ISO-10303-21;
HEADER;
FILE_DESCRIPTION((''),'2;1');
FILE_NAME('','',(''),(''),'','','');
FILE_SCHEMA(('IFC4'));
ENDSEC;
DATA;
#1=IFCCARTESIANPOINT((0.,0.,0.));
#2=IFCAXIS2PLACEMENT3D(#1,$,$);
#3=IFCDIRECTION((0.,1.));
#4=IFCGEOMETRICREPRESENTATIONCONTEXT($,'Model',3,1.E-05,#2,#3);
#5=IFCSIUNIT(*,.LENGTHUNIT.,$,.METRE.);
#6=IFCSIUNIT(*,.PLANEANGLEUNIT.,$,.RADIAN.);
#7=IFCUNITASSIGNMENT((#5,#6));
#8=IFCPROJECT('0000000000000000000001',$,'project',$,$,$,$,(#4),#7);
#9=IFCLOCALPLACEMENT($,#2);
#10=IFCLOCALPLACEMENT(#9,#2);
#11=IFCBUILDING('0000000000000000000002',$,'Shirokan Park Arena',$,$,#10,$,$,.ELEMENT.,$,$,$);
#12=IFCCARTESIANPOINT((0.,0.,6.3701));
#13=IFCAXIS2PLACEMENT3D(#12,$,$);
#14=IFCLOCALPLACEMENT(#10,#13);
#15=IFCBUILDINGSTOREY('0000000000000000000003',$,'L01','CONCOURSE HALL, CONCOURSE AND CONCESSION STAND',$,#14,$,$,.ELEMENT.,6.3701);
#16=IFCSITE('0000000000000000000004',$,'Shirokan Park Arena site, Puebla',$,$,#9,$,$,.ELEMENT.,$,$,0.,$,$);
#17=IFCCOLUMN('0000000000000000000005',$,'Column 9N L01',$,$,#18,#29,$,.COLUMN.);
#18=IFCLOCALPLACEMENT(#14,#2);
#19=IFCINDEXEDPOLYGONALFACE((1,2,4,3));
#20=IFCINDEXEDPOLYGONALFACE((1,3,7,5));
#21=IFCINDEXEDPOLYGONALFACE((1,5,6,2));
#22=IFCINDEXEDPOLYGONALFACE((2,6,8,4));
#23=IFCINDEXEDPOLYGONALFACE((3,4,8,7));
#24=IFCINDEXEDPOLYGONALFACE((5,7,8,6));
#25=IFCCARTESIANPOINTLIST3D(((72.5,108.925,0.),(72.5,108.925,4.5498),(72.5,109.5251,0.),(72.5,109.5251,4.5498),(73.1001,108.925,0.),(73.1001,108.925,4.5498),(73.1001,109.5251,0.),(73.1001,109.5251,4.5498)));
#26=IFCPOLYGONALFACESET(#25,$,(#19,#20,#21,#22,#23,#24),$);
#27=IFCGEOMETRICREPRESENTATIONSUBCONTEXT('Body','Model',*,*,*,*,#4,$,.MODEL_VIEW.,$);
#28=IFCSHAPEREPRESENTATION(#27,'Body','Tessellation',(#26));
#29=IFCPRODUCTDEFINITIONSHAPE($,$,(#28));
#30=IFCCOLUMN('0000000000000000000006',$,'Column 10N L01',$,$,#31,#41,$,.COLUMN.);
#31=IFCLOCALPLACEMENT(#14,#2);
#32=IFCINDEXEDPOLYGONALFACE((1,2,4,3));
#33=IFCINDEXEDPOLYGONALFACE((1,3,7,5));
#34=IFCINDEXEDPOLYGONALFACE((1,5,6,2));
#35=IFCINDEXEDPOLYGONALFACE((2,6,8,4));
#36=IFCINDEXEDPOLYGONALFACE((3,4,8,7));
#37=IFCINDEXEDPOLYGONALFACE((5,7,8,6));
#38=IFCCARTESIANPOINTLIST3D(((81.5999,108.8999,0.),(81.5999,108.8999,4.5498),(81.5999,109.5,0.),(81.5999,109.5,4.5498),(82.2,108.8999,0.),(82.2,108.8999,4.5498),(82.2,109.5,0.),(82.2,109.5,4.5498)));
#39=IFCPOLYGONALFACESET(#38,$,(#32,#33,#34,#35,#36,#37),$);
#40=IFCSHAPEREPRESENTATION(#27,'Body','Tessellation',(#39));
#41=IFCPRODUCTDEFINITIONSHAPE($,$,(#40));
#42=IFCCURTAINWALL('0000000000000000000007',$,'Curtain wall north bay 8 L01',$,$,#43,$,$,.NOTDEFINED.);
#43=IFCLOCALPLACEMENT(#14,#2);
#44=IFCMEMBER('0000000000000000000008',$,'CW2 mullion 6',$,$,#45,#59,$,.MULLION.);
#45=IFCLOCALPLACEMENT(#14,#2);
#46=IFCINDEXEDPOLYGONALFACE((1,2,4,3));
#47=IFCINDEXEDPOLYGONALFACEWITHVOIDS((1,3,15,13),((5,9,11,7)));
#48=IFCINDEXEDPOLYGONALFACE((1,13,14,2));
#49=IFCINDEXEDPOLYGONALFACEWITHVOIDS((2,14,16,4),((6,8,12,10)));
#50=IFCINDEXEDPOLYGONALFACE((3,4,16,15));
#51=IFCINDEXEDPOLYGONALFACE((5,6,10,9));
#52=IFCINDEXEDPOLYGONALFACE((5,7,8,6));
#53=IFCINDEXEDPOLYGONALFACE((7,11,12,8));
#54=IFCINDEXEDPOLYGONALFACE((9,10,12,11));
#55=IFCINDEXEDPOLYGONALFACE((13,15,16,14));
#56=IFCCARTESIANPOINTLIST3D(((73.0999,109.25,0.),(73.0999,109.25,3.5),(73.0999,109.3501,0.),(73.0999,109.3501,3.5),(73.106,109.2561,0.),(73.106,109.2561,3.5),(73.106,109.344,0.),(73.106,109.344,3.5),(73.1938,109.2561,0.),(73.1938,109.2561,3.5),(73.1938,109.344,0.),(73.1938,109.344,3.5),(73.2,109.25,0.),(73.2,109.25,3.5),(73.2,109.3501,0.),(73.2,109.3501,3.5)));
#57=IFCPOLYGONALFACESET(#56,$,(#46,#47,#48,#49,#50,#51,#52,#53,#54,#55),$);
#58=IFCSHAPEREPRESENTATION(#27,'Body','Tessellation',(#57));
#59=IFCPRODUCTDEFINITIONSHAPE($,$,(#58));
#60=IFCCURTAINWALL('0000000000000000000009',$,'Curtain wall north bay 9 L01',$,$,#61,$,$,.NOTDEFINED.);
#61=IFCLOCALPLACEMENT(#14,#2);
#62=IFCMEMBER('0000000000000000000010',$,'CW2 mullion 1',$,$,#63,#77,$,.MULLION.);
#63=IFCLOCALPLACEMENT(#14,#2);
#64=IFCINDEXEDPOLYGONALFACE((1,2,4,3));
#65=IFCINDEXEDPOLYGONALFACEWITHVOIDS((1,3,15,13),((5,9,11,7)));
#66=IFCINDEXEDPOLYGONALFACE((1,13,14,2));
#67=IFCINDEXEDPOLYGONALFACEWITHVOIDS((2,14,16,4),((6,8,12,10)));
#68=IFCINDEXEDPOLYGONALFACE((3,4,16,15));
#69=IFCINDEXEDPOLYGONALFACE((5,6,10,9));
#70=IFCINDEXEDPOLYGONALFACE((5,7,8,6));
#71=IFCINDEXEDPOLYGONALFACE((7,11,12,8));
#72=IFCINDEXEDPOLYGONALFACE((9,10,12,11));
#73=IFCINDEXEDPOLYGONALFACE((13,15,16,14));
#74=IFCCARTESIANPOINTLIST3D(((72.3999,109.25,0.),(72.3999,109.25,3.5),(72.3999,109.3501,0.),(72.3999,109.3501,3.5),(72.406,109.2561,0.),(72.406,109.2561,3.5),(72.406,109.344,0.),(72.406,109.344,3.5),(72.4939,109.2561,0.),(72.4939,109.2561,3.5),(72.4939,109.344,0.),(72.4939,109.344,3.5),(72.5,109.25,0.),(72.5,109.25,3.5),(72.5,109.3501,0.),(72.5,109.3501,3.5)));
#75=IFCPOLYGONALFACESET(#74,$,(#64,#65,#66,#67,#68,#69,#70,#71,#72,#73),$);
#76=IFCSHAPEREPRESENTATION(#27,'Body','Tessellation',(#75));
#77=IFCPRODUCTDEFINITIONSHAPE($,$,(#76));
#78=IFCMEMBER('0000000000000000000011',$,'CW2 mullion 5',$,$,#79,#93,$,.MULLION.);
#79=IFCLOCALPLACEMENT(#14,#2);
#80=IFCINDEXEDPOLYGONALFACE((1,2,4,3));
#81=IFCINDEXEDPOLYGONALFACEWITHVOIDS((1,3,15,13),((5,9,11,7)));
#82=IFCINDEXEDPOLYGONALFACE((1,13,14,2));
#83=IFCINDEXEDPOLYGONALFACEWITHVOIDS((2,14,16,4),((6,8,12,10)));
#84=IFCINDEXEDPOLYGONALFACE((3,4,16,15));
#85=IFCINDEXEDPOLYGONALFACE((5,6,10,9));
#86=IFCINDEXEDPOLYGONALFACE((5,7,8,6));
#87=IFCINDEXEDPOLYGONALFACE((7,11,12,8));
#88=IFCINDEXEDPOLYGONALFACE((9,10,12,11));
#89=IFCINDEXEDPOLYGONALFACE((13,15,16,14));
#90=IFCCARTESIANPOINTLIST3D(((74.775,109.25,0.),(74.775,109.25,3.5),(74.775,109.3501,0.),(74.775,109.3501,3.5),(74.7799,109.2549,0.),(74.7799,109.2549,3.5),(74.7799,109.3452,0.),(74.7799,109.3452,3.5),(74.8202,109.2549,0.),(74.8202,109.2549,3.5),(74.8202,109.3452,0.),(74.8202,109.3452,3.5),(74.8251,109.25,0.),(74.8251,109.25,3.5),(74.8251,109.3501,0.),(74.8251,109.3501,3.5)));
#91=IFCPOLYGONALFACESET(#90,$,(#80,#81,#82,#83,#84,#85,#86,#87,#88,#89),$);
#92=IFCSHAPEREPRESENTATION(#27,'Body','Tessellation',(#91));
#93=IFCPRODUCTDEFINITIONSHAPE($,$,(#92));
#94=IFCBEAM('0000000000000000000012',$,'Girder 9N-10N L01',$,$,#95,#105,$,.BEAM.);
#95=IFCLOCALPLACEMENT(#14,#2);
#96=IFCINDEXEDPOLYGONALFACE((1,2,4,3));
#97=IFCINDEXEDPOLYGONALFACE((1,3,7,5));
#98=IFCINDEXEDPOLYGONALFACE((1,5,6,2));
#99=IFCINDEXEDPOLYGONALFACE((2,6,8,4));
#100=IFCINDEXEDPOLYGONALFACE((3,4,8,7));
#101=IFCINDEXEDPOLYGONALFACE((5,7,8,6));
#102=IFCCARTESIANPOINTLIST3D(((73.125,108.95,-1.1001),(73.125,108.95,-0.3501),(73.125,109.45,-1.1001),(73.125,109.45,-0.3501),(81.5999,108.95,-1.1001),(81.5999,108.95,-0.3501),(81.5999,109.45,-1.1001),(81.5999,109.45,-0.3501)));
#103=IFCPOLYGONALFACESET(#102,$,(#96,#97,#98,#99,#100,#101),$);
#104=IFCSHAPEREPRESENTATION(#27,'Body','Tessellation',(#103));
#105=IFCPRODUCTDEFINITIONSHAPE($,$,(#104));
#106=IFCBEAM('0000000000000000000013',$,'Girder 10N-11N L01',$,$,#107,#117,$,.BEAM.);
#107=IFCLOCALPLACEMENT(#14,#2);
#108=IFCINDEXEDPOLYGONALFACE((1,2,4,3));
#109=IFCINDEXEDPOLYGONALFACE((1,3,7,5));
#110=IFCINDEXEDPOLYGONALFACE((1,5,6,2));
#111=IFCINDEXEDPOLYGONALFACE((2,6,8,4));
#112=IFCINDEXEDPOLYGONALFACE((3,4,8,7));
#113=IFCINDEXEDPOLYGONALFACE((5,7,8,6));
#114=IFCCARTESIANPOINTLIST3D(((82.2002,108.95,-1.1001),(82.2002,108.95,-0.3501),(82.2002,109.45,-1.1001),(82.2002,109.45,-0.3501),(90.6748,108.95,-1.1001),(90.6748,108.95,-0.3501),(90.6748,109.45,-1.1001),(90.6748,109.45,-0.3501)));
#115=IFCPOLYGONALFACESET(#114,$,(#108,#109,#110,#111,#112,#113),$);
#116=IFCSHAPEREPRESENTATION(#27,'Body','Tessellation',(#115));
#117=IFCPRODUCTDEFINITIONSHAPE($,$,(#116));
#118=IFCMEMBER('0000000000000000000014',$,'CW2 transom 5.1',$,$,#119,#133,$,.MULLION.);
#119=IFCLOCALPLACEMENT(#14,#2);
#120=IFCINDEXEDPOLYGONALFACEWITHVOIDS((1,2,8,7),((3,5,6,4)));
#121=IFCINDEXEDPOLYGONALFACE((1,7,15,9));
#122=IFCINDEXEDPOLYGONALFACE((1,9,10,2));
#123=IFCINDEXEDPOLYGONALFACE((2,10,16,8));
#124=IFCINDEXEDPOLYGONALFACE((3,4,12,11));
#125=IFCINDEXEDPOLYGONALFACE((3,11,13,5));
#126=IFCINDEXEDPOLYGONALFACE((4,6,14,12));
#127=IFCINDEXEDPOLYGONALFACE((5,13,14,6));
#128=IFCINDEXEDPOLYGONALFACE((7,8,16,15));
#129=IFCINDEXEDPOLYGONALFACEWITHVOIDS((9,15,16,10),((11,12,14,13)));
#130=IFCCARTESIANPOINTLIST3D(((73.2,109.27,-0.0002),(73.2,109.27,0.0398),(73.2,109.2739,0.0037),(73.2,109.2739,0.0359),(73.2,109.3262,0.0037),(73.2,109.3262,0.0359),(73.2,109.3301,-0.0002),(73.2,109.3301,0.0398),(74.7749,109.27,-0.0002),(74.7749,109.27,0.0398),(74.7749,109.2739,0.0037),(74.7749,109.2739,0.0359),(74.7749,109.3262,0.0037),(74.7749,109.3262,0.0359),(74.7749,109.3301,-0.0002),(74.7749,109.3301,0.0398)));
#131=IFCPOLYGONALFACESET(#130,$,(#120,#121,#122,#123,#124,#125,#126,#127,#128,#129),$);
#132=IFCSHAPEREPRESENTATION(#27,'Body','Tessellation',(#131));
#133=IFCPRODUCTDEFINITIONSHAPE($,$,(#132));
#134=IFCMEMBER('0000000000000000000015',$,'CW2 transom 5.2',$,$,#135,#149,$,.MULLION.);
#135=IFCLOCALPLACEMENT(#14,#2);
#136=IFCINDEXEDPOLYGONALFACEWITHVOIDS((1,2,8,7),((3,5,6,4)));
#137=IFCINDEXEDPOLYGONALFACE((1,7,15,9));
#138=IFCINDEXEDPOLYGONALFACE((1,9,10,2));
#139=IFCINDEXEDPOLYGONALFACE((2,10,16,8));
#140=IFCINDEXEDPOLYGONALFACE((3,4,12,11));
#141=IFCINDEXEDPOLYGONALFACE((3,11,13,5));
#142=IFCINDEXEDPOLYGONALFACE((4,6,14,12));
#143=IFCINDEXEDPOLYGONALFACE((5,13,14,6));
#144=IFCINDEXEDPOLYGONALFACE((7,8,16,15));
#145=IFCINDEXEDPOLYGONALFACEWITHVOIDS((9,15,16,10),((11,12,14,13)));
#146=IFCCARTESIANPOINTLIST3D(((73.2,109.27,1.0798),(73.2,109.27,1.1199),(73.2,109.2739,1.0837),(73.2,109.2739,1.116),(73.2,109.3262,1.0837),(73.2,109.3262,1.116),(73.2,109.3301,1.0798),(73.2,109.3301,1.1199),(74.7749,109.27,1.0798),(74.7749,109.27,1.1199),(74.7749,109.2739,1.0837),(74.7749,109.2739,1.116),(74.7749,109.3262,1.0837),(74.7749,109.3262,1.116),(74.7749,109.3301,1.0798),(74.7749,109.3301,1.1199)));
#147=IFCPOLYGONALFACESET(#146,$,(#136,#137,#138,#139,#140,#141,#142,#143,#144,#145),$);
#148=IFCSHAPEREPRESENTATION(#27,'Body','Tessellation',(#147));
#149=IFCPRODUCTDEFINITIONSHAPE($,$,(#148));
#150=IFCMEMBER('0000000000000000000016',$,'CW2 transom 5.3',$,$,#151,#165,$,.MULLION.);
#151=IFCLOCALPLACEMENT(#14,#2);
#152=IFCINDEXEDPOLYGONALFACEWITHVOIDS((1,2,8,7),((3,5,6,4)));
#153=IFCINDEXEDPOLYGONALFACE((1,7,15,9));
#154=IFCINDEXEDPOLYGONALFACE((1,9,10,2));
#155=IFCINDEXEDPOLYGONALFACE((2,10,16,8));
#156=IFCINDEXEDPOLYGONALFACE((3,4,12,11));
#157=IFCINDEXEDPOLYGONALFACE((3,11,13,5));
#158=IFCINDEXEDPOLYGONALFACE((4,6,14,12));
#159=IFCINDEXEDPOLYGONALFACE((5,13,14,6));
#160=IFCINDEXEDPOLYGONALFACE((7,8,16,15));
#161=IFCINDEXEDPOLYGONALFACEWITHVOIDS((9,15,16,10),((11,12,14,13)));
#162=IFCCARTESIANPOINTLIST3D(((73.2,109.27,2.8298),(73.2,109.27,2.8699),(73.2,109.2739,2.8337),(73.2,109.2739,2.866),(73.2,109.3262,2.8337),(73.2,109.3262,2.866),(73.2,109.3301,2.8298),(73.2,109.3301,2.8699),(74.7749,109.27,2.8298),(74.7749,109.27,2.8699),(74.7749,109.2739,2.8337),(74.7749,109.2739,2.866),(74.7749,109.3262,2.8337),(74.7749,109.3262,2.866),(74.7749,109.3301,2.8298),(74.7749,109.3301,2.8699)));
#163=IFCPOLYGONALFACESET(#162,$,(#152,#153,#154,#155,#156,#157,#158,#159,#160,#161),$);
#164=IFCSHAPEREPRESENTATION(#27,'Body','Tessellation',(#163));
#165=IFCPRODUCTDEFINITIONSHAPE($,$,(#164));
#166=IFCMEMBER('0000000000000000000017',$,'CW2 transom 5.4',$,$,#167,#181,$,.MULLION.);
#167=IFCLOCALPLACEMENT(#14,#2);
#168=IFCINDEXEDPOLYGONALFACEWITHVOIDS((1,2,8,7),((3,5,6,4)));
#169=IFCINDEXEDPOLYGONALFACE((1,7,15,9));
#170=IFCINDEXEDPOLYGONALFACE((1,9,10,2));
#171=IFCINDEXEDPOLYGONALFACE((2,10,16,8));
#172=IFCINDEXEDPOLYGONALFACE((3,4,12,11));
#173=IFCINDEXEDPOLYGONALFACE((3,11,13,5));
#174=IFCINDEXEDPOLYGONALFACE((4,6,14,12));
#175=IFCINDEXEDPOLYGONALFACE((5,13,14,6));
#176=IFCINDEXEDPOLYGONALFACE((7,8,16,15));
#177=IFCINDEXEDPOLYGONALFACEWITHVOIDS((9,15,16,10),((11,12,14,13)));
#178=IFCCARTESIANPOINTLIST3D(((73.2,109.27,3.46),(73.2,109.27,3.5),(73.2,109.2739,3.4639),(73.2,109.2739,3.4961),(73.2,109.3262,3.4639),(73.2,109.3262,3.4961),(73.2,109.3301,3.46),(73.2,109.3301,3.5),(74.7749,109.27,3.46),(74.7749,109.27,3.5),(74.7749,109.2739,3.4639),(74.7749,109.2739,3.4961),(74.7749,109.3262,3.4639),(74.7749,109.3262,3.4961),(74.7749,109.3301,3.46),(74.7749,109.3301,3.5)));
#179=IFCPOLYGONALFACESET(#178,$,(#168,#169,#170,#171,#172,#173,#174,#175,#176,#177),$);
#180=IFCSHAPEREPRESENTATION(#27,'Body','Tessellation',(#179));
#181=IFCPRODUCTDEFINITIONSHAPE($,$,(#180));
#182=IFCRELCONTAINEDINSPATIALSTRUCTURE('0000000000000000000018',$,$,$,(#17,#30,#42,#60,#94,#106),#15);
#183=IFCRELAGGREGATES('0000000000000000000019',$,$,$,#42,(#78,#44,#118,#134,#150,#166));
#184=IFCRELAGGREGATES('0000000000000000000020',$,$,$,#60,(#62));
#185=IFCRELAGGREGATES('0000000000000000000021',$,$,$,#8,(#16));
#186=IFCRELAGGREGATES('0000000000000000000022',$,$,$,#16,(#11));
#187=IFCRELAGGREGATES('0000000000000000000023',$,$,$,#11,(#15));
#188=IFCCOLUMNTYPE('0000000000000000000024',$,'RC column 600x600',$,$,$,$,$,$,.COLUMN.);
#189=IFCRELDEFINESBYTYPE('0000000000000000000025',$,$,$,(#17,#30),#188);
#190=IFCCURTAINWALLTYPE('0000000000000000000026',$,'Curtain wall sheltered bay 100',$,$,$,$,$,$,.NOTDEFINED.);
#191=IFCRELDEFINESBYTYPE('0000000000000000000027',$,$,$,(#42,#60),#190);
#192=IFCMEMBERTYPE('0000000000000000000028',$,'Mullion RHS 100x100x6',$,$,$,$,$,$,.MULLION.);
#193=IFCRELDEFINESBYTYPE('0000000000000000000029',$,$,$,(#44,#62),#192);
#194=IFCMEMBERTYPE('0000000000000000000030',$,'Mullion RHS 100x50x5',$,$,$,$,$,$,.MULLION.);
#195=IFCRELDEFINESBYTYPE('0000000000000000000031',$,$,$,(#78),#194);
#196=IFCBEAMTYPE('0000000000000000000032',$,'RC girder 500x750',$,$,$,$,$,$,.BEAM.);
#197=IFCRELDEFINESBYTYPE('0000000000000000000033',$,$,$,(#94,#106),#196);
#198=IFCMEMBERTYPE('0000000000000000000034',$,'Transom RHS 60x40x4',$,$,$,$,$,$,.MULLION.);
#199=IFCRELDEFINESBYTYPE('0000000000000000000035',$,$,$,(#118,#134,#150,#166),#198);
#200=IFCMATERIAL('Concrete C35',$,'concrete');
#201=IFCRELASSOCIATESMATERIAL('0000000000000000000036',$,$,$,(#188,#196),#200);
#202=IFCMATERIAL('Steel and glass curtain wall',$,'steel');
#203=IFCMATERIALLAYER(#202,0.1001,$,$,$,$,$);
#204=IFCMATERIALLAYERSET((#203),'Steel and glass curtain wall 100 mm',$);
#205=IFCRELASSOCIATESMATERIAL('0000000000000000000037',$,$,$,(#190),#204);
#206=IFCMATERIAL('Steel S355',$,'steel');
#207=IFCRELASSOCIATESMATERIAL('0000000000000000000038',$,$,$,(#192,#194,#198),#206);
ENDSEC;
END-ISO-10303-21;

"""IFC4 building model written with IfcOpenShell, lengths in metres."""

from ifc_helpers import new_model, si_unit, direction, frame, origin, origin_2d, place, context, subcontext, project, spatial, rectangle, hollow_rectangle, extrude, material, layer, layer_set, material_profile, profile_set, type_object, element, aggregate, save


model = new_model("IFC4")

# Units and contexts
model_context = context("Model", 3, precision=1e-05, world=origin(), true_north=direction((0.0, 1.0)))
body_context = subcontext(model_context, "Body", "Model", "MODEL_VIEW")
ifc_project = project(units=[si_unit("LENGTHUNIT", "METRE"), si_unit("PLANEANGLEUNIT", "RADIAN")], contexts=[model_context])

# Site, building, storey
site_placement = place(None, origin())
site = spatial("IfcSite", under=ifc_project, at=site_placement, Name="Shirokan Park Arena site, Puebla", CompositionType="ELEMENT", RefElevation=0.0)
building_placement = place(site_placement, origin())
building = spatial("IfcBuilding", under=site, at=building_placement, Name="Shirokan Park Arena", CompositionType="ELEMENT")
storey_placement = place(building_placement, frame((0.0, 0.0, 6.3701)))
storey = spatial("IfcBuildingStorey", under=building, at=storey_placement, Name="L01", Description="CONCOURSE HALL, CONCOURSE AND CONCESSION STAND", CompositionType="ELEMENT", Elevation=6.3701)

# Columns
ifc_material_1 = material(Name="Concrete C35", Category="concrete")
ifc_material_profile_1 = material_profile(ifc_material_1, rectangle(XDim=0.6001, YDim=0.6001, at=origin_2d()), Name="600x600")
ifc_profile_set_1 = profile_set([ifc_material_profile_1], Name="Concrete C35")
column_type = type_object("IfcColumnType", Name="RC column 600x600", PredefinedType="COLUMN", material=ifc_profile_set_1)
for number, where, z_axis, x_axis, name in (
    (1, (72.8, 109.2251, 0.0), (0.0, 0.0, 1.0), (1.0, 0.0, 0.0), "Column 9N L01"),
    (2, (81.8999, 109.2, 0.0), (0.0, 0.0, 1.0), (1.0, 0.0, 0.0), "Column 10N L01"),
):
    element("IfcColumn", number, at=place(storey_placement, frame(where, z_axis=z_axis, x_axis=x_axis)), inside=storey, type_object=column_type, Name=name, PredefinedType="COLUMN", context=body_context, shape_type="SweptSolid", body=[
        extrude(rectangle(XDim=0.6001, YDim=0.6001, at=origin_2d()), origin(), (0.0, 0.0, 1.0), 4.5498),
    ])

# Curtain walls, members
ifc_material_2 = material(Name="Steel and glass curtain wall", Category="steel")
ifc_layer_1 = layer(ifc_material_2, 0.1001)
ifc_layer_set_1 = layer_set([ifc_layer_1], Name="Steel and glass curtain wall 100 mm")
curtain_wall_type = type_object("IfcCurtainWallType", Name="Curtain wall sheltered bay 100", PredefinedType="NOTDEFINED", material=ifc_layer_set_1)
curtain_wall_1_placement = place(storey_placement, origin())
curtain_wall_1 = element("IfcCurtainWall", 3, at=curtain_wall_1_placement, inside=storey, type_object=curtain_wall_type, Name="Curtain wall north bay 8 L01", PredefinedType="NOTDEFINED")
ifc_material_3 = material(Name="Steel S355", Category="steel")
ifc_material_profile_2 = material_profile(ifc_material_3, hollow_rectangle(XDim=0.1001, YDim=0.1001, WallThickness=0.0061, at=origin_2d()), Name="RHS 100x100x6")
ifc_profile_set_2 = profile_set([ifc_material_profile_2], Name="Steel S355")
member_type_1 = type_object("IfcMemberType", Name="Mullion RHS 100x100x6", PredefinedType="MULLION", material=ifc_profile_set_2)
member_1_placement = place(storey_placement, frame((73.1499, 109.3, 0.0), z_axis=(0.0, 0.0, 1.0), x_axis=(0.0, -1.0, 0.0)))
member_1 = element("IfcMember", 4, at=member_1_placement, type_object=member_type_1, Name="CW2 mullion 6", PredefinedType="MULLION", context=body_context, shape_type="SweptSolid", body=[
    extrude(hollow_rectangle(XDim=0.1001, YDim=0.1001, WallThickness=0.0061, at=origin_2d()), origin(), (0.0, 0.0, 1.0), 3.5),
])
curtain_wall_2_placement = place(storey_placement, origin())
curtain_wall_2 = element("IfcCurtainWall", 5, at=curtain_wall_2_placement, inside=storey, type_object=curtain_wall_type, Name="Curtain wall north bay 9 L01", PredefinedType="NOTDEFINED")
member_2_placement = place(storey_placement, frame((72.45, 109.3, 0.0), z_axis=(0.0, 0.0, 1.0), x_axis=(0.0, -1.0, 0.0)))
member_2 = element("IfcMember", 6, at=member_2_placement, type_object=member_type_1, Name="CW2 mullion 1", PredefinedType="MULLION", context=body_context, shape_type="SweptSolid", body=[
    extrude(hollow_rectangle(XDim=0.1001, YDim=0.1001, WallThickness=0.0061, at=origin_2d()), origin(), (0.0, 0.0, 1.0), 3.5),
])

# Member
ifc_material_profile_3 = material_profile(ifc_material_3, hollow_rectangle(XDim=0.1001, YDim=0.05, WallThickness=0.0049, at=origin_2d()), Name="RHS 100x50x5")
ifc_profile_set_3 = profile_set([ifc_material_profile_3], Name="Steel S355")
member_type_2 = type_object("IfcMemberType", Name="Mullion RHS 100x50x5", PredefinedType="MULLION", material=ifc_profile_set_3)
member_3_placement = place(storey_placement, frame((74.8, 109.3, 0.0), z_axis=(0.0, 0.0, 1.0), x_axis=(0.0, -1.0, 0.0)))
member_3 = element("IfcMember", 7, at=member_3_placement, type_object=member_type_2, Name="CW2 mullion 5", PredefinedType="MULLION", context=body_context, shape_type="SweptSolid", body=[
    extrude(hollow_rectangle(XDim=0.1001, YDim=0.05, WallThickness=0.0049, at=origin_2d()), origin(), (0.0, 0.0, 1.0), 3.5),
])

# Beams
ifc_material_profile_4 = material_profile(ifc_material_1, rectangle(XDim=0.5, YDim=0.75, at=origin_2d()), Name="500x750")
ifc_profile_set_4 = profile_set([ifc_material_profile_4], Name="Concrete C35")
beam_type = type_object("IfcBeamType", Name="RC girder 500x750", PredefinedType="BEAM", material=ifc_profile_set_4)
beam_1_placement = place(storey_placement, frame((73.125, 109.2, -0.7251), z_axis=(1.0, 0.0, 0.0), x_axis=(0.0, 1.0, 0.0)))
element("IfcBeam", 8, at=beam_1_placement, inside=storey, type_object=beam_type, Name="Girder 9N-10N L01", PredefinedType="BEAM", context=body_context, shape_type="SweptSolid", body=[
    extrude(rectangle(XDim=0.5, YDim=0.75, at=origin_2d()), origin(), (0.0, 0.0, 1.0), 8.4749),
])
beam_2_placement = place(storey_placement, frame((82.2002, 109.2, -0.7251), z_axis=(1.0, 0.0, 0.0), x_axis=(0.0, 1.0, 0.0)))
element("IfcBeam", 9, at=beam_2_placement, inside=storey, type_object=beam_type, Name="Girder 10N-11N L01", PredefinedType="BEAM", context=body_context, shape_type="SweptSolid", body=[
    extrude(rectangle(XDim=0.5, YDim=0.75, at=origin_2d()), origin(), (0.0, 0.0, 1.0), 8.4746),
])

# Members
ifc_material_profile_5 = material_profile(ifc_material_3, hollow_rectangle(XDim=0.0601, YDim=0.04, WallThickness=0.0039, at=origin_2d()), Name="RHS 60x40x4")
ifc_profile_set_5 = profile_set([ifc_material_profile_5], Name="Steel S355")
member_type_3 = type_object("IfcMemberType", Name="Transom RHS 60x40x4", PredefinedType="MULLION", material=ifc_profile_set_5)
member_4_placement = place(storey_placement, frame((74.7749, 109.3, 0.0198), z_axis=(-1.0, 0.0, 0.0), x_axis=(0.0, -1.0, 0.0)))
member_4 = element("IfcMember", 10, at=member_4_placement, type_object=member_type_3, Name="CW2 transom 5.1", PredefinedType="MULLION", context=body_context, shape_type="SweptSolid", body=[
    extrude(hollow_rectangle(XDim=0.0601, YDim=0.04, WallThickness=0.0039, at=origin_2d()), origin(), (0.0, 0.0, 1.0), 1.575),
])
member_5_placement = place(storey_placement, frame((74.7749, 109.3, 1.0999), z_axis=(-1.0, 0.0, 0.0), x_axis=(0.0, -1.0, 0.0)))
member_5 = element("IfcMember", 11, at=member_5_placement, type_object=member_type_3, Name="CW2 transom 5.2", PredefinedType="MULLION", context=body_context, shape_type="SweptSolid", body=[
    extrude(hollow_rectangle(XDim=0.0601, YDim=0.04, WallThickness=0.0039, at=origin_2d()), origin(), (0.0, 0.0, 1.0), 1.575),
])
member_6_placement = place(storey_placement, frame((74.7749, 109.3, 2.8499), z_axis=(-1.0, 0.0, 0.0), x_axis=(0.0, -1.0, 0.0)))
member_6 = element("IfcMember", 12, at=member_6_placement, type_object=member_type_3, Name="CW2 transom 5.3", PredefinedType="MULLION", context=body_context, shape_type="SweptSolid", body=[
    extrude(hollow_rectangle(XDim=0.0601, YDim=0.04, WallThickness=0.0039, at=origin_2d()), origin(), (0.0, 0.0, 1.0), 1.575),
])
member_7_placement = place(storey_placement, frame((74.7749, 109.3, 3.48), z_axis=(-1.0, 0.0, 0.0), x_axis=(0.0, -1.0, 0.0)))
member_7 = element("IfcMember", 13, at=member_7_placement, type_object=member_type_3, Name="CW2 transom 5.4", PredefinedType="MULLION", context=body_context, shape_type="SweptSolid", body=[
    extrude(hollow_rectangle(XDim=0.0601, YDim=0.04, WallThickness=0.0039, at=origin_2d()), origin(), (0.0, 0.0, 1.0), 1.575),
])

aggregate(curtain_wall_1, [member_3, member_1, member_4, member_5, member_6, member_7])
aggregate(curtain_wall_2, [member_2])

save(model, "model.ifc")
